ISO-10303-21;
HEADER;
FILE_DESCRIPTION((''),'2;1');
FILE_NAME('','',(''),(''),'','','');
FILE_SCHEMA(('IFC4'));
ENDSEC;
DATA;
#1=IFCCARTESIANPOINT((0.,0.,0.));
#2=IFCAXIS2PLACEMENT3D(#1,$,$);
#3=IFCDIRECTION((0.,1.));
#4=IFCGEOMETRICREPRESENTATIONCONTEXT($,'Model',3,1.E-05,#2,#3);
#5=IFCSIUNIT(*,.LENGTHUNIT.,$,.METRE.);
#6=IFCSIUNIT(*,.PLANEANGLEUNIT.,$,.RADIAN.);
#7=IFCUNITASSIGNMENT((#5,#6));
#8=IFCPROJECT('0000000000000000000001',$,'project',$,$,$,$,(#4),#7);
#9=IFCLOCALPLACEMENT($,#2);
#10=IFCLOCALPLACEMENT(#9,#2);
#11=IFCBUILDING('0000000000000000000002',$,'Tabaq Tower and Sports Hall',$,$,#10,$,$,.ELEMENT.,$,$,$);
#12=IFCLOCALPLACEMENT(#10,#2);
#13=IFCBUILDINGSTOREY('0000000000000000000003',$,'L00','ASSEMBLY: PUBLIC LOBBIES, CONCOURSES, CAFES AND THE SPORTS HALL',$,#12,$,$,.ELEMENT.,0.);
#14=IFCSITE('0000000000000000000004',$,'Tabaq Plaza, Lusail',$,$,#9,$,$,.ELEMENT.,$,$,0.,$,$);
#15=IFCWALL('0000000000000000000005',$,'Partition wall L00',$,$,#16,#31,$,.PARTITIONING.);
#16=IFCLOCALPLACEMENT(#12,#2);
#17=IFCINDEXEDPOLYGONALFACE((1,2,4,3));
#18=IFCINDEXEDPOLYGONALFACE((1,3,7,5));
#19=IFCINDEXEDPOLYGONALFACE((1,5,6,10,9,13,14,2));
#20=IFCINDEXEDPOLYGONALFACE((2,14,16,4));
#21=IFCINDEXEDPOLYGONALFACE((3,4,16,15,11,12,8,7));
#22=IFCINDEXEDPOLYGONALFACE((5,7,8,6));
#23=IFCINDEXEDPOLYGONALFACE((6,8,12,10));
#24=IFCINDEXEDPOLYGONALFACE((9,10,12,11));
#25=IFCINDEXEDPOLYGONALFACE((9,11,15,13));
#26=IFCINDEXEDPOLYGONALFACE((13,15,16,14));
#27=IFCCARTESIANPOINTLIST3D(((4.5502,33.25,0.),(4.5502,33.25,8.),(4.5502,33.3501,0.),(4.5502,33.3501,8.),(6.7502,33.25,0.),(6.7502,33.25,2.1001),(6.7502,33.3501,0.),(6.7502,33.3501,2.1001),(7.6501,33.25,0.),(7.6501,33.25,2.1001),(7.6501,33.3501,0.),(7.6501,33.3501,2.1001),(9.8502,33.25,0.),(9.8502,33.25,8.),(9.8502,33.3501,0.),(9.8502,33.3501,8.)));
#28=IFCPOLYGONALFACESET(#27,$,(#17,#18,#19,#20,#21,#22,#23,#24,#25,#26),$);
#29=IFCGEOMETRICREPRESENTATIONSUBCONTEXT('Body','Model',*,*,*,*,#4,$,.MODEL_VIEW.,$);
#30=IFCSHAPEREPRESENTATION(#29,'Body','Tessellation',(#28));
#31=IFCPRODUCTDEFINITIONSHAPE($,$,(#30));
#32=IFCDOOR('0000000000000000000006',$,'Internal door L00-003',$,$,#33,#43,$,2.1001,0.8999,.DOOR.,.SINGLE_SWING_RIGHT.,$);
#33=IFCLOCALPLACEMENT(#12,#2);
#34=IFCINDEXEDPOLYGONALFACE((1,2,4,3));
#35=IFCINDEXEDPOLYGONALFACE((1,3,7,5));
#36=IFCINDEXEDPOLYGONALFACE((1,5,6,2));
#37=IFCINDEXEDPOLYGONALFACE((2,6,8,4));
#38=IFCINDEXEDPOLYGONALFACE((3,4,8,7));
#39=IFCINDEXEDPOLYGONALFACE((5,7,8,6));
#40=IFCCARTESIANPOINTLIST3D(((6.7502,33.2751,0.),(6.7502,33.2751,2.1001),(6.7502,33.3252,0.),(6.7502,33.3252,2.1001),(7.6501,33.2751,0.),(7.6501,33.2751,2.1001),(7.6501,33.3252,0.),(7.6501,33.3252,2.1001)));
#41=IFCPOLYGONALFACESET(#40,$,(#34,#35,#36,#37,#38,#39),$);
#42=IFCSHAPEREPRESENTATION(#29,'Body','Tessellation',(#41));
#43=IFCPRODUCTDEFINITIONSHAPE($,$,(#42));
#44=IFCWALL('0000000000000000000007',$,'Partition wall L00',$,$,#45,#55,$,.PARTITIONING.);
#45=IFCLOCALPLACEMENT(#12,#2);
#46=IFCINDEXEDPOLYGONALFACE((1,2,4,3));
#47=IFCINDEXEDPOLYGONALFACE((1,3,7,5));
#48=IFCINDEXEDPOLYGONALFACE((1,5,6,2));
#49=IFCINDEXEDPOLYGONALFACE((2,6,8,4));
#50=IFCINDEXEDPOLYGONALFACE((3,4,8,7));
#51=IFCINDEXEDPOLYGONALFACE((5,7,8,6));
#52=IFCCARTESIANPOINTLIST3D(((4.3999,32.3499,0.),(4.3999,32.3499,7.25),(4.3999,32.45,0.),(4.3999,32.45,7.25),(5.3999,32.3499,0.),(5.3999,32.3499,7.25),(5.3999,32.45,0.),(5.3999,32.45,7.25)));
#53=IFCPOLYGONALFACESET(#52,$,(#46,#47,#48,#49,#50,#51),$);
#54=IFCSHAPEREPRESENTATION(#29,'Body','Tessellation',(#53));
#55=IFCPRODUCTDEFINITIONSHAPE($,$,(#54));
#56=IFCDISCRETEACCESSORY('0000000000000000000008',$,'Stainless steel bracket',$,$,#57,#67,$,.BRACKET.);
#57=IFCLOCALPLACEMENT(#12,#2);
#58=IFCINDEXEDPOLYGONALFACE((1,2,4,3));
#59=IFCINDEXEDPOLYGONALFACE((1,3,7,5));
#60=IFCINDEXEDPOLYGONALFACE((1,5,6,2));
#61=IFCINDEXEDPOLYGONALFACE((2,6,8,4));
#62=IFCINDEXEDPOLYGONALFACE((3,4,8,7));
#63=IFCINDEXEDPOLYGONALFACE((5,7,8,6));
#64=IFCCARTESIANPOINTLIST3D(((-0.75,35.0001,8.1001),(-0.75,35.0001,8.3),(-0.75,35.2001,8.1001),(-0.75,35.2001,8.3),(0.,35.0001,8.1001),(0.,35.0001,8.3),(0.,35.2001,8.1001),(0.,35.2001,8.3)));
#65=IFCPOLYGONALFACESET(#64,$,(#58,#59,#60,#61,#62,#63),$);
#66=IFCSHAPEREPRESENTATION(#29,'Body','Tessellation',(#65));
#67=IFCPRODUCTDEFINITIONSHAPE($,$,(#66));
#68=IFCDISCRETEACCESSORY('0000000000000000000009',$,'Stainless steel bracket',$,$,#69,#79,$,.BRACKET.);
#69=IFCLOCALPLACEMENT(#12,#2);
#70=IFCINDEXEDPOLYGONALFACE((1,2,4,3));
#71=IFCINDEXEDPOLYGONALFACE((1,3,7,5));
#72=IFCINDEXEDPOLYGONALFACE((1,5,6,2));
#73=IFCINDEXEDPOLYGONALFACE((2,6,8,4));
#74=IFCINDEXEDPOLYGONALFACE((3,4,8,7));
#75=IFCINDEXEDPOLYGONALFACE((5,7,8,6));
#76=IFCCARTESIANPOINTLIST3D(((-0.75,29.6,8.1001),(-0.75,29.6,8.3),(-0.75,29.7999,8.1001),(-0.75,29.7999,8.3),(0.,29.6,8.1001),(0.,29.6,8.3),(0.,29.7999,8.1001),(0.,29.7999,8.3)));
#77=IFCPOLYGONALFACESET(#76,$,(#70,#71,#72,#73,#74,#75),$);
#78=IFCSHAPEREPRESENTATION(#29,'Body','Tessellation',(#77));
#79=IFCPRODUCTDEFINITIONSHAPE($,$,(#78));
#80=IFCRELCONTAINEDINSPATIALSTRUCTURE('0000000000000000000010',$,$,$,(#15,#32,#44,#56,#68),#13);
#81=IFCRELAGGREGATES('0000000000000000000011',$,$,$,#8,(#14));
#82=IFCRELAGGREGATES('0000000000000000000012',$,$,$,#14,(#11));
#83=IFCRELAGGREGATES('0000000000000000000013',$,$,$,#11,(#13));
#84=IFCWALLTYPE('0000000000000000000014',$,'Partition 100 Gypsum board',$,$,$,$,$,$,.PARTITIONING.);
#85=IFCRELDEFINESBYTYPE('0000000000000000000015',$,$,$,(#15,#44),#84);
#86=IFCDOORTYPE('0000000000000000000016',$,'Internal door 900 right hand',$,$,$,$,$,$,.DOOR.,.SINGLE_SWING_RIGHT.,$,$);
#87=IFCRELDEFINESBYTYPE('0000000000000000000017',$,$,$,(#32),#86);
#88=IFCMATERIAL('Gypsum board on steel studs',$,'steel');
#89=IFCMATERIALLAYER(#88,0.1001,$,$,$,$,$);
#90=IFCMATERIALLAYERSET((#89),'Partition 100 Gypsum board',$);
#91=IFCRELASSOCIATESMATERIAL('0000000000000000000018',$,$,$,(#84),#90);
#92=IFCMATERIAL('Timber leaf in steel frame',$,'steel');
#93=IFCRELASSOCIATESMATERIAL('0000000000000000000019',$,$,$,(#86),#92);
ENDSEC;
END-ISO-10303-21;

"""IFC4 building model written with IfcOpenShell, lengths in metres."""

from ifc_helpers import new_model, si_unit, direction, frame, frame_2d, origin, origin_2d, place, context, subcontext, project, spatial, rectangle, extrude, material, layer, layer_set, type_object, element, fill, save


model = new_model("IFC4")

# Units and contexts
model_context = context("Model", 3, precision=1e-05, world=origin(), true_north=direction((0.0, 1.0)))
body_context = subcontext(model_context, "Body", "Model", "MODEL_VIEW")
ifc_project = project(units=[si_unit("LENGTHUNIT", "METRE"), si_unit("PLANEANGLEUNIT", "RADIAN")], contexts=[model_context])

# Site, building, storey
site_placement = place(None, origin())
site = spatial("IfcSite", under=ifc_project, at=site_placement, Name="Tabaq Plaza, Lusail", CompositionType="ELEMENT", RefElevation=0.0)
building_placement = place(site_placement, origin())
building = spatial("IfcBuilding", under=site, at=building_placement, Name="Tabaq Tower and Sports Hall", CompositionType="ELEMENT")
storey_placement = place(building_placement, origin())
storey = spatial("IfcBuildingStorey", under=building, at=storey_placement, Name="L00", Description="ASSEMBLY: PUBLIC LOBBIES, CONCOURSES, CAFES AND THE SPORTS HALL", CompositionType="ELEMENT", Elevation=0.0)

# Wall, opening, door
ifc_material_1 = material(Name="Gypsum board on steel studs", Category="steel")
ifc_layer_1 = layer(ifc_material_1, 0.1001)
ifc_layer_set_1 = layer_set([ifc_layer_1], Name="Partition 100 Gypsum board")
wall_type_1 = type_object("IfcWallType", Name="Partition 100 Gypsum board", PredefinedType="PARTITIONING", material=ifc_layer_set_1)
wall_1_placement = place(storey_placement, frame((9.8501, 33.3, 0.0), z_axis=(0.0, 0.0, 1.0), x_axis=(-1.0, 0.0, 0.0)))
wall_1 = element("IfcWall", 1, at=wall_1_placement, inside=storey, type_object=wall_type_1, Name="Partition wall L00", PredefinedType="PARTITIONING", context=body_context, shape_type="SweptSolid", body=[
    extrude(rectangle(XDim=5.3, YDim=0.1001, at=frame_2d((2.6499, 0.0))), origin(), (0.0, 0.0, 1.0), 8.0),
])
opening_1_placement = place(wall_1_placement, frame((2.2, 0.0, 0.0)))
opening_1 = element("IfcOpeningElement", 2, at=opening_1_placement, cuts=wall_1, PredefinedType="OPENING", context=body_context, shape_type="SweptSolid", body=[
    extrude(rectangle(XDim=0.8999, YDim=2.1001, at=frame_2d((0.45, 1.05))), frame((0.0, 0.05, 0.0), z_axis=(0.0, -1.0, 0.0), x_axis=(1.0, 0.0, 0.0)), (0.0, 0.0, 1.0), 0.1001),
])
ifc_material_2 = material(Name="Timber leaf in steel frame", Category="steel")
door_type_1 = type_object("IfcDoorType", Name="Internal door 900 right hand", OperationType="SINGLE_SWING_RIGHT", PredefinedType="DOOR", material=ifc_material_2)
door_1_placement = place(opening_1_placement, origin())
door_1 = element("IfcDoor", 3, at=door_1_placement, inside=storey, type_object=door_type_1, Name="Internal door L00-003", OperationType="SINGLE_SWING_RIGHT", OverallHeight=2.1001, OverallWidth=0.8999, PredefinedType="DOOR", context=body_context, shape_type="SweptSolid", body=[
    extrude(rectangle(XDim=0.8999, YDim=2.1001, at=frame_2d((0.45, 1.05))), frame((0.0, 0.0249, 0.0), z_axis=(0.0, -1.0, 0.0), x_axis=(1.0, 0.0, 0.0)), (0.0, 0.0, 1.0), 0.05),
])
fill(opening_1, door_1)

# Wall
wall_2_placement = place(storey_placement, frame((4.3999, 32.3999, 0.0), z_axis=(0.0, 0.0, 1.0), x_axis=(1.0, 0.0, 0.0)))
element("IfcWall", 4, at=wall_2_placement, inside=storey, type_object=wall_type_1, Name="Partition wall L00", PredefinedType="PARTITIONING", context=body_context, shape_type="SweptSolid", body=[
    extrude(rectangle(XDim=1.0, YDim=0.1001, at=frame_2d((0.5, 0.0))), origin(), (0.0, 0.0, 1.0), 7.25),
])

# Discrete accessories
for number, where, z_axis, x_axis, name in (
    (5, (-0.375, 35.1001, 8.1001), (0.0, 0.0, 1.0), (0.0, 1.0, 0.0), "Stainless steel bracket"),
    (6, (-0.375, 29.7, 8.1001), (0.0, 0.0, 1.0), (0.0, 1.0, 0.0), "Stainless steel bracket"),
):
    element("IfcDiscreteAccessory", number, at=place(storey_placement, frame(where, z_axis=z_axis, x_axis=x_axis)), inside=storey, Name=name, PredefinedType="BRACKET", context=body_context, shape_type="SweptSolid", body=[
        extrude(rectangle(XDim=0.2, YDim=0.75, at=origin_2d()), origin(), (0.0, 0.0, 1.0), 0.2),
    ])

save(model, "model.ifc")
